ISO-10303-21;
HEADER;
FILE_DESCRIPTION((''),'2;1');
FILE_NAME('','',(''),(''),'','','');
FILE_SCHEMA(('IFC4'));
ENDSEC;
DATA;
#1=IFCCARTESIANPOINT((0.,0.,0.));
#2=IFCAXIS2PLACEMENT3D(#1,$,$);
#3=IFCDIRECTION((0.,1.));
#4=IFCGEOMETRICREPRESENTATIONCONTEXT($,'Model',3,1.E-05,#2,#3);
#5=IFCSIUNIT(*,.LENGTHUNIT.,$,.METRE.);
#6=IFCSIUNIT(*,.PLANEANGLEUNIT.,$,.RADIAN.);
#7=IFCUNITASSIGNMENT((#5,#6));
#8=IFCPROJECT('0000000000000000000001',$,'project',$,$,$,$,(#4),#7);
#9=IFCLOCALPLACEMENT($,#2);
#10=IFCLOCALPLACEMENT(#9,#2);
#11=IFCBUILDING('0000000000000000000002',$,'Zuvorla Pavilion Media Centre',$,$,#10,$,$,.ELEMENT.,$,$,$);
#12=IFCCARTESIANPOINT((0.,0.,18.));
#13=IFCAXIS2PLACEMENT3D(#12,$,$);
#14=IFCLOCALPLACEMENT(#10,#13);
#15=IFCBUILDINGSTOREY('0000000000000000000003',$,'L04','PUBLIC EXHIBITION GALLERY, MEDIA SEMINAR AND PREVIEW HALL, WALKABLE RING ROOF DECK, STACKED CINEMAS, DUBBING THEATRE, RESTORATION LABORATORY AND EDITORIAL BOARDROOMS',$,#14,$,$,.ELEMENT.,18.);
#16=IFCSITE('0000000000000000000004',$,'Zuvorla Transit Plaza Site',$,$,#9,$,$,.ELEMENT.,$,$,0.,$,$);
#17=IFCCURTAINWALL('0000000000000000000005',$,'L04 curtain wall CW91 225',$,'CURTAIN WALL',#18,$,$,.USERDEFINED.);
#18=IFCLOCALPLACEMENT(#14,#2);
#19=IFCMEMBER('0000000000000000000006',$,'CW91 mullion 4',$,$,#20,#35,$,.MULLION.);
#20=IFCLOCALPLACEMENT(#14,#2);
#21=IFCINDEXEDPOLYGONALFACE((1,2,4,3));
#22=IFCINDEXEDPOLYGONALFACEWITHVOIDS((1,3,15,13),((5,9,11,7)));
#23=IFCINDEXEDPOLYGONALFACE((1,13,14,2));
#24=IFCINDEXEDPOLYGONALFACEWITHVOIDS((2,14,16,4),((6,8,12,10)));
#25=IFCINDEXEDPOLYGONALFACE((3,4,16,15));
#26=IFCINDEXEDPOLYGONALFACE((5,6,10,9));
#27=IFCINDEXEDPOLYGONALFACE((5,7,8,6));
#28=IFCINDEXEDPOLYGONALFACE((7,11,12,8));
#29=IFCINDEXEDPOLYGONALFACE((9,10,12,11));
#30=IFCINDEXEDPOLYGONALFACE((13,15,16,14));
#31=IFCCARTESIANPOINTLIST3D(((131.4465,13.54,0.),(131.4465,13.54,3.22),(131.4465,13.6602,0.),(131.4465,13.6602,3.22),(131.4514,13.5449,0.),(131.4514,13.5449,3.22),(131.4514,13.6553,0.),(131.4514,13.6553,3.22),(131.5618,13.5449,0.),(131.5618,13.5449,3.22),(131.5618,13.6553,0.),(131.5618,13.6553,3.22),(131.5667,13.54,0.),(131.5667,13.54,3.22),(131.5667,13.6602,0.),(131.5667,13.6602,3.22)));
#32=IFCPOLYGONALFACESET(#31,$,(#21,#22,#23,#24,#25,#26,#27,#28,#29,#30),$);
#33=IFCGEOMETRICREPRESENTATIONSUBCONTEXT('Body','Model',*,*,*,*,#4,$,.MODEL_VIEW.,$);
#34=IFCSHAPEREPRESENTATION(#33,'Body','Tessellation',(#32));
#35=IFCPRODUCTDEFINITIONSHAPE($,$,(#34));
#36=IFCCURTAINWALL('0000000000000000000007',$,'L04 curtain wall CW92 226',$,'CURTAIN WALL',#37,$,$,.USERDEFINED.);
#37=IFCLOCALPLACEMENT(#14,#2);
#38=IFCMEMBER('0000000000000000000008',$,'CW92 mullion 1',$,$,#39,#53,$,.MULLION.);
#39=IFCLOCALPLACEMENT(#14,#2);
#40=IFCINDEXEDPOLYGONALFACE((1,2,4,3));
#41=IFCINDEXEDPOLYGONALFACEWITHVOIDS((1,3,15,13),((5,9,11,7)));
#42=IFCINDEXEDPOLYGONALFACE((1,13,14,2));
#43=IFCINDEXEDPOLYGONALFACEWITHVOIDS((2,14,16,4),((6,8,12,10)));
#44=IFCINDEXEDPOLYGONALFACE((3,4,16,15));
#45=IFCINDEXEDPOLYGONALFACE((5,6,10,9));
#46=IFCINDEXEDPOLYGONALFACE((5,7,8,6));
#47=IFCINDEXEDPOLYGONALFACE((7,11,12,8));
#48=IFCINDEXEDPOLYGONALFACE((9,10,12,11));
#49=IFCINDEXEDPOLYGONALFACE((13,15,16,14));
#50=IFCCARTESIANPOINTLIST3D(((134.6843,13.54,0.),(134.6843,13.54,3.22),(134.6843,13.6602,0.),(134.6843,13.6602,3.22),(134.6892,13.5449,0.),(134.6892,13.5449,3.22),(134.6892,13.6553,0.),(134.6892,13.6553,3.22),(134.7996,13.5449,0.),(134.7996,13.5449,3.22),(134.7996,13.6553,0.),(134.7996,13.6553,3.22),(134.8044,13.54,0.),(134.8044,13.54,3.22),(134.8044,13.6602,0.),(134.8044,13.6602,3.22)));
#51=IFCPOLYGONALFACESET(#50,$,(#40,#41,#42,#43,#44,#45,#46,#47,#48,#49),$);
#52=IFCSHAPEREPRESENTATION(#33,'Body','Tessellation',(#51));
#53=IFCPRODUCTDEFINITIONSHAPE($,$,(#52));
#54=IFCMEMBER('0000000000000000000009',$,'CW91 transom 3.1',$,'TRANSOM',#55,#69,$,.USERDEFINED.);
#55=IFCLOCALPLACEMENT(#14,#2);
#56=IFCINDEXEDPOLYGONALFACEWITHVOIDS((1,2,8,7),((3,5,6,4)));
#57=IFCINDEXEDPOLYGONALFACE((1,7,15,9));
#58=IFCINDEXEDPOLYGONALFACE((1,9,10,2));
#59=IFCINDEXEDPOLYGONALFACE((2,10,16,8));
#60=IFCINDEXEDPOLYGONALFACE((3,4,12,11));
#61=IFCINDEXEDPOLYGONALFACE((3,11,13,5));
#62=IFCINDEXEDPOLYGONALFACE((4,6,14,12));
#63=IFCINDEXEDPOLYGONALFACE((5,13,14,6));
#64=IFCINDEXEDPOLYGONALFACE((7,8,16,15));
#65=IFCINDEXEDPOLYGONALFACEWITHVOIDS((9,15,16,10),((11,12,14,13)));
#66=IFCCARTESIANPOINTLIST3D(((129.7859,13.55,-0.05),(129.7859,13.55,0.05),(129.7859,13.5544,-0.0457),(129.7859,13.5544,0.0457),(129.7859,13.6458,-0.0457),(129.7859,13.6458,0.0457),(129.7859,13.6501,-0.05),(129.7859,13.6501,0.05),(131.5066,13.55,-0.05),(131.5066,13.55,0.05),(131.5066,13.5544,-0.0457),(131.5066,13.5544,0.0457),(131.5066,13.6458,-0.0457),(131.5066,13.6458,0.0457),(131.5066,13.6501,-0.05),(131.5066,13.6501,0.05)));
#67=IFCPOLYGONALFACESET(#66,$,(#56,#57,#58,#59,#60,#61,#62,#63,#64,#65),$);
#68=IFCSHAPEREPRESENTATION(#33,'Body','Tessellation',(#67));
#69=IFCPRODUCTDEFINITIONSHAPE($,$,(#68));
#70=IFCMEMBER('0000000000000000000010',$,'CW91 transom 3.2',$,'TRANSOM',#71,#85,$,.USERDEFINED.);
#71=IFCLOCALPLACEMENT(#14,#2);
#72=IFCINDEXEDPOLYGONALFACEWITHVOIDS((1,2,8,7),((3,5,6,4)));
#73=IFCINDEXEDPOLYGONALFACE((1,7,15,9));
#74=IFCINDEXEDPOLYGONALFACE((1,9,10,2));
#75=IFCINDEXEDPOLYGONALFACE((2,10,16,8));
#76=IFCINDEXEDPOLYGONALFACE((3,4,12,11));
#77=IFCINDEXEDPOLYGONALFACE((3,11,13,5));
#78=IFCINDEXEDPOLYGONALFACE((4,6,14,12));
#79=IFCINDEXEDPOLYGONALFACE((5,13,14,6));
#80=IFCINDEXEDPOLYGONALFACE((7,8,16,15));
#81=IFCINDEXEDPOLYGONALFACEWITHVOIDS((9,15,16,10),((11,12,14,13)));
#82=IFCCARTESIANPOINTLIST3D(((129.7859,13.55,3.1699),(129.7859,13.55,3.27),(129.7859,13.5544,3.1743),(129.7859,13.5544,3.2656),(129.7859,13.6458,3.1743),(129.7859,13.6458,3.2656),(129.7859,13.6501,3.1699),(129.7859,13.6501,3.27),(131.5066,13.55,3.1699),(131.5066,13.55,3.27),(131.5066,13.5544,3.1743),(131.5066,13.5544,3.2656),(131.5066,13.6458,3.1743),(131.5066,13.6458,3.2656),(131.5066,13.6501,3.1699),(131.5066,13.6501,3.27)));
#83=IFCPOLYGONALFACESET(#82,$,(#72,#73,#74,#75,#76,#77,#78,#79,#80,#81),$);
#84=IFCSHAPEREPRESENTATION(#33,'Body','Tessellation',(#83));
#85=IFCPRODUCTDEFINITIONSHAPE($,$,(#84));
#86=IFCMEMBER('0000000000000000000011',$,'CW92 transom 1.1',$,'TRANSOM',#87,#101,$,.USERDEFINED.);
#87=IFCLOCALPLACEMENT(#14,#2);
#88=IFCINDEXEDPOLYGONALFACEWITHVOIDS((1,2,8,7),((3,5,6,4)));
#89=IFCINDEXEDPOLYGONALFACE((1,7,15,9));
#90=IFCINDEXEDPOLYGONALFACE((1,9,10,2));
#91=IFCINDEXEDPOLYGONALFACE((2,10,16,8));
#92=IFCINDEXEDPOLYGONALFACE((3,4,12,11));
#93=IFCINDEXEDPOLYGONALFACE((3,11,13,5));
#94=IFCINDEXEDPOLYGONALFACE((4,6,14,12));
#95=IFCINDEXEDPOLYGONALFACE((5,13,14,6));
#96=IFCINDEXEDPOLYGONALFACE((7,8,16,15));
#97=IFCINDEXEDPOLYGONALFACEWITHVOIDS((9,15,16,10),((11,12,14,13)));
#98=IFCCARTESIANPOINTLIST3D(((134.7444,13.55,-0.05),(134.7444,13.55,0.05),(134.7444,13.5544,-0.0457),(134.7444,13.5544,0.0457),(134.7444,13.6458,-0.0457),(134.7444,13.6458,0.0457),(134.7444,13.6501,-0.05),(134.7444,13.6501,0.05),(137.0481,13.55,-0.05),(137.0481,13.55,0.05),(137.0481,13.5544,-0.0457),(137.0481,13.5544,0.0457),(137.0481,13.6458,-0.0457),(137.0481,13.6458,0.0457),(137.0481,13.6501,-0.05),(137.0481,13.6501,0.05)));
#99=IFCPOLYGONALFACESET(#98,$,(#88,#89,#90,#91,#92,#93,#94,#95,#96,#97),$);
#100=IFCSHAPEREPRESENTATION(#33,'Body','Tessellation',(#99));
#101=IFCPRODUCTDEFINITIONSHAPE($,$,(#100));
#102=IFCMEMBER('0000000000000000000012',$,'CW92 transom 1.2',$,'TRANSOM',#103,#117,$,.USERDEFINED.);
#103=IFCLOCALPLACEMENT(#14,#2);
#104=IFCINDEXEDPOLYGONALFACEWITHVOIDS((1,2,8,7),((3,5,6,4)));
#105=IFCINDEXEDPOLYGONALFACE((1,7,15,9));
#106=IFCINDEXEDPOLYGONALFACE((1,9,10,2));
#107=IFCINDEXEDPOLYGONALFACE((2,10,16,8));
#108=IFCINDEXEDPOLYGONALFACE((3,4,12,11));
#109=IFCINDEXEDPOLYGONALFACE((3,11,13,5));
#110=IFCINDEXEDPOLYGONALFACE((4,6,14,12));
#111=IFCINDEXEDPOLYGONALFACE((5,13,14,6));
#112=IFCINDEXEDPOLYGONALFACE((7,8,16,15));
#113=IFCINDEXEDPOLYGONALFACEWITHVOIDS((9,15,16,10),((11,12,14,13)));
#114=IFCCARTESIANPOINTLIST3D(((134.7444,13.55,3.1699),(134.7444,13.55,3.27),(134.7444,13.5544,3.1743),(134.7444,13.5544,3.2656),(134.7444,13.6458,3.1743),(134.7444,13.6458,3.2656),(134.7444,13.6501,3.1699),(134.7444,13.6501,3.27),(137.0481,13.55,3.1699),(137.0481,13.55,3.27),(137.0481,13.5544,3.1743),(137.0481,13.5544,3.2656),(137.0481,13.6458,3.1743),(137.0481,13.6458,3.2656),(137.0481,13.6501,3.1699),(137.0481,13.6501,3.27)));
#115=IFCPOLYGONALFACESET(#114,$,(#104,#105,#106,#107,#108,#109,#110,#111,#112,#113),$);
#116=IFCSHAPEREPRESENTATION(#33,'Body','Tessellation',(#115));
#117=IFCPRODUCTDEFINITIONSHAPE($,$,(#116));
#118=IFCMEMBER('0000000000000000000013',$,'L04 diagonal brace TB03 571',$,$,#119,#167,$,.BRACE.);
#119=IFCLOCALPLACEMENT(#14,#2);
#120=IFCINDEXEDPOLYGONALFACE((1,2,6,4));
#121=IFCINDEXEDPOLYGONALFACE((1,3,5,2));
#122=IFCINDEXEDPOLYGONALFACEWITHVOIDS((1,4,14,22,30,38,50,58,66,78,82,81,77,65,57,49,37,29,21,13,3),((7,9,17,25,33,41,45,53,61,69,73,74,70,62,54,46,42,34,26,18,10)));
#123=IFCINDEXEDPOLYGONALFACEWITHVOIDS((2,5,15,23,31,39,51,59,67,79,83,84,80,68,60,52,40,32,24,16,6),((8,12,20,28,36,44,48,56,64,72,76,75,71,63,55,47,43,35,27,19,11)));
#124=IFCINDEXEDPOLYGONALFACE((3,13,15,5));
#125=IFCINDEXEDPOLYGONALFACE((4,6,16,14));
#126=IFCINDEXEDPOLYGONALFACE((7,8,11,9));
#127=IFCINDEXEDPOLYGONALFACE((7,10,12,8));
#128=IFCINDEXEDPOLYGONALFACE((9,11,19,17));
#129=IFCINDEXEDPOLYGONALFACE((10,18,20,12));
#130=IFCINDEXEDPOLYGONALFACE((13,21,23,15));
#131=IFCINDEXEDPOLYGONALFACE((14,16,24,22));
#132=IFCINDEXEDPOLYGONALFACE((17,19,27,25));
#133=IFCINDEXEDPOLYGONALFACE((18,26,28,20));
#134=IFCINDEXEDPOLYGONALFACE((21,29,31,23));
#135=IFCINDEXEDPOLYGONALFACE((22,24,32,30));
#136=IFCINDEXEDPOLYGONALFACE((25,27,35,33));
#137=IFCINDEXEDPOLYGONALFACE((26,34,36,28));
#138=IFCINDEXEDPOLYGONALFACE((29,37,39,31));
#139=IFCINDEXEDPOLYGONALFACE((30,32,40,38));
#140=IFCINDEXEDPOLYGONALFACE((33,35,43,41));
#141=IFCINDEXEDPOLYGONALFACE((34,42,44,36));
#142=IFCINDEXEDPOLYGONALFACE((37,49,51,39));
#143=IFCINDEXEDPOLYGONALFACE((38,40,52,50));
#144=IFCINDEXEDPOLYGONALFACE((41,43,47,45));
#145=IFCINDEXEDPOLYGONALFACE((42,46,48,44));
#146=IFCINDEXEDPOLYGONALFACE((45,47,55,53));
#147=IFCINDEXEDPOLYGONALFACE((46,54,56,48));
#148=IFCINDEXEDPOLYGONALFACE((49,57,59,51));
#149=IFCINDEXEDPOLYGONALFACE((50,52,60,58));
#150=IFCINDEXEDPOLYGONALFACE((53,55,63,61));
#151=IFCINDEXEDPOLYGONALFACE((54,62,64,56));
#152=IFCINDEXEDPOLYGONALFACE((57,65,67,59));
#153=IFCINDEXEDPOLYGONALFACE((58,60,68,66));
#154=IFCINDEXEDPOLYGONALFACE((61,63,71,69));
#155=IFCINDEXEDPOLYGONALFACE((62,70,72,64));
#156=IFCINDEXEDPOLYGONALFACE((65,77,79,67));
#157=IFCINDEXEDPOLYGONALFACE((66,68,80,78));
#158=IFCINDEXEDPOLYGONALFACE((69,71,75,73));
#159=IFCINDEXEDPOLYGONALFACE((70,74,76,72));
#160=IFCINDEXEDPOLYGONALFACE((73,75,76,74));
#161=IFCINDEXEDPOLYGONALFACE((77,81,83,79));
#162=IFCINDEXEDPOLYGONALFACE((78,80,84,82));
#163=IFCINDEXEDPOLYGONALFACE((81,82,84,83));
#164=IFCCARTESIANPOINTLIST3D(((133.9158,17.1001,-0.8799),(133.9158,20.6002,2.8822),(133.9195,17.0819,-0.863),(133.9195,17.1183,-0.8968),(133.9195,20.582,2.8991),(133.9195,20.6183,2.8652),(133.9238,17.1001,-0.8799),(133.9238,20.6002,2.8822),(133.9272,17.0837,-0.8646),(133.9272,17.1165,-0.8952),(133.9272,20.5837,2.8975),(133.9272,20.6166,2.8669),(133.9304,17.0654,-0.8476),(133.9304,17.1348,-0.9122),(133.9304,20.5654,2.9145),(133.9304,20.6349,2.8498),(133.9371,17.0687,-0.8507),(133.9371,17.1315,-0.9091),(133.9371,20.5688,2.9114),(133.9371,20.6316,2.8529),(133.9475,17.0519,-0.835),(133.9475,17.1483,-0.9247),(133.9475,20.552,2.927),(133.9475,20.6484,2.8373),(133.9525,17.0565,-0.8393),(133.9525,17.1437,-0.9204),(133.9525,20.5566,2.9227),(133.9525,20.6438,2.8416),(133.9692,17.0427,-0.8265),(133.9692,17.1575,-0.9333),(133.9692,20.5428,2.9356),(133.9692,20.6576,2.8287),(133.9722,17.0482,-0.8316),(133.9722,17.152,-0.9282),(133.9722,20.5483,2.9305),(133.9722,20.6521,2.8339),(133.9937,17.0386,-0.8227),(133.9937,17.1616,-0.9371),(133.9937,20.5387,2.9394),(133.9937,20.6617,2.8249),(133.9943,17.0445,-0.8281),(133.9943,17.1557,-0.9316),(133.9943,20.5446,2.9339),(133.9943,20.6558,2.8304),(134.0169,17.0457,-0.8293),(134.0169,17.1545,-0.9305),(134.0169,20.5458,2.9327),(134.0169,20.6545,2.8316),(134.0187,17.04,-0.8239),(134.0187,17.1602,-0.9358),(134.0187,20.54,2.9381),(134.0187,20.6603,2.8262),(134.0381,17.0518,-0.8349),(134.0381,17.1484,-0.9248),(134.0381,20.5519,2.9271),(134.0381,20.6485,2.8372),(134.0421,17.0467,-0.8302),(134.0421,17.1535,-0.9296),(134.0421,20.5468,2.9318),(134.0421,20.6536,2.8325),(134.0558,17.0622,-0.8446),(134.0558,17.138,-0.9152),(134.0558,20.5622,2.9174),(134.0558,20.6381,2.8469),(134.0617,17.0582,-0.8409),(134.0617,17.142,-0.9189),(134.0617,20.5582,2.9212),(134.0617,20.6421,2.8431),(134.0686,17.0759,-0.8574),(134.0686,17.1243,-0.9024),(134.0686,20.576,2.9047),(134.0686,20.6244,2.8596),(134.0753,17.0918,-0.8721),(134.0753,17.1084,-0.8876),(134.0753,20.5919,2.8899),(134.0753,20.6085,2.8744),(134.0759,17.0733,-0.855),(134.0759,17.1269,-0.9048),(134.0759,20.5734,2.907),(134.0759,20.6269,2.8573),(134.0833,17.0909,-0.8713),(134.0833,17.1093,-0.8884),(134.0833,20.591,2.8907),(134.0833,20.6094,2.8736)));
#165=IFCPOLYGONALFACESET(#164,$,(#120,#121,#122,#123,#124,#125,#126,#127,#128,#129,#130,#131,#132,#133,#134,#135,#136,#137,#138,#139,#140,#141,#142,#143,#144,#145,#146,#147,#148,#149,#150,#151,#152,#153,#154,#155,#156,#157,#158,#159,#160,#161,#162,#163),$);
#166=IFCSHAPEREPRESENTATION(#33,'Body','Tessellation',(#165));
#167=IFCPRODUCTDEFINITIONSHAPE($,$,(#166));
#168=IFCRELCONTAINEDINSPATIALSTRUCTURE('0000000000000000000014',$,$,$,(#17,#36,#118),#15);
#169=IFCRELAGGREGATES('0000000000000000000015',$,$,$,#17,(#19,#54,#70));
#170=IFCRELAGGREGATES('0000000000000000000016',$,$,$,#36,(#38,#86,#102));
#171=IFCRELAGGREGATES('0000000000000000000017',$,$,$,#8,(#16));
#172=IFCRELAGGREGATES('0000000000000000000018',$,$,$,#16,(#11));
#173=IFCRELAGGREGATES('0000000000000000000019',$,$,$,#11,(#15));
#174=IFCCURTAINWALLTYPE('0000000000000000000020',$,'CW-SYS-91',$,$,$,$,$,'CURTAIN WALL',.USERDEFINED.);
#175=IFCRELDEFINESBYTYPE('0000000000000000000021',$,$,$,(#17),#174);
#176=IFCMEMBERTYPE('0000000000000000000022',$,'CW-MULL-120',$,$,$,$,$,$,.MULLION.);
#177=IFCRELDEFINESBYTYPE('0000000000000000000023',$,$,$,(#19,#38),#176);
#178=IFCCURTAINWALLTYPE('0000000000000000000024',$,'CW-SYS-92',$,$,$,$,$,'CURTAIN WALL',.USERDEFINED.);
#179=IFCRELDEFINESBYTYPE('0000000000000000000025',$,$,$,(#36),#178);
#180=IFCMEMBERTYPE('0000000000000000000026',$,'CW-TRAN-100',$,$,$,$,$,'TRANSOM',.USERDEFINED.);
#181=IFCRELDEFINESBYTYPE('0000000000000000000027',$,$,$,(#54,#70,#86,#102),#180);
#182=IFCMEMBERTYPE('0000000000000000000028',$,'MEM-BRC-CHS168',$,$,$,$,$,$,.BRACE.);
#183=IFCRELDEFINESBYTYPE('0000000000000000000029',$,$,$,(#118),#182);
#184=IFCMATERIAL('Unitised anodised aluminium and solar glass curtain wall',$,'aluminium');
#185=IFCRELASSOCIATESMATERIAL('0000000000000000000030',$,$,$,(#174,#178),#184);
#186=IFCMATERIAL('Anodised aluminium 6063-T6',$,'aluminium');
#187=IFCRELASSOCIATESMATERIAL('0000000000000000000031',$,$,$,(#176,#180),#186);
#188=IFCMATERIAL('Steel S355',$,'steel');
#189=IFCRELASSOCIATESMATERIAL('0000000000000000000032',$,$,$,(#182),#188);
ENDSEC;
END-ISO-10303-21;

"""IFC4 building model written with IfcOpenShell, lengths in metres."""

from ifc_helpers import new_model, si_unit, direction, frame, origin, origin_2d, place, context, subcontext, project, spatial, hollow_rectangle, hollow_circle, extrude, material, material_profile, profile_set, type_object, element, aggregate, save


model = new_model("IFC4")

# Units and contexts
model_context = context("Model", 3, precision=1e-05, world=origin(), true_north=direction((0.0, 1.0)))
body_context = subcontext(model_context, "Body", "Model", "MODEL_VIEW")
ifc_project = project(units=[si_unit("LENGTHUNIT", "METRE"), si_unit("PLANEANGLEUNIT", "RADIAN")], contexts=[model_context])

# Site, building, storey
site_placement = place(None, origin())
site = spatial("IfcSite", under=ifc_project, at=site_placement, Name="Zuvorla Transit Plaza Site", CompositionType="ELEMENT", RefElevation=0.0)
building_placement = place(site_placement, origin())
building = spatial("IfcBuilding", under=site, at=building_placement, Name="Zuvorla Pavilion Media Centre", CompositionType="ELEMENT")
storey_placement = place(building_placement, frame((0.0, 0.0, 18.0)))
storey = spatial("IfcBuildingStorey", under=building, at=storey_placement, Name="L04", Description="PUBLIC EXHIBITION GALLERY, MEDIA SEMINAR AND PREVIEW HALL, WALKABLE RING ROOF DECK, STACKED CINEMAS, DUBBING THEATRE, RESTORATION LABORATORY AND EDITORIAL BOARDROOMS", CompositionType="ELEMENT", Elevation=18.0)

# Curtain walls, members
ifc_material_1 = material(Name="Unitised anodised aluminium and solar glass curtain wall", Category="aluminium")
curtain_wall_type_1 = type_object("IfcCurtainWallType", Name="CW-SYS-91", ElementType="CURTAIN WALL", PredefinedType="USERDEFINED", material=ifc_material_1)
curtain_wall_1_placement = place(storey_placement, origin())
curtain_wall_1 = element("IfcCurtainWall", 1, at=curtain_wall_1_placement, inside=storey, type_object=curtain_wall_type_1, Name="L04 curtain wall CW91 225", ObjectType="CURTAIN WALL", PredefinedType="USERDEFINED")
ifc_material_2 = material(Name="Anodised aluminium 6063-T6", Category="aluminium")
ifc_material_profile_1 = material_profile(ifc_material_2, hollow_rectangle(XDim=0.1201, YDim=0.1201, WallThickness=0.0049, at=origin_2d()), Name="ALU MULL 120x120")
ifc_profile_set_1 = profile_set([ifc_material_profile_1], Name="Anodised aluminium 6063-T6")
member_type_1 = type_object("IfcMemberType", Name="CW-MULL-120", PredefinedType="MULLION", material=ifc_profile_set_1)
member_1_placement = place(storey_placement, frame((131.5066, 13.6001, 0.0), z_axis=(0.0, 0.0, 1.0), x_axis=(1.0, 0.0, 0.0)))
member_1 = element("IfcMember", 2, at=member_1_placement, type_object=member_type_1, Name="CW91 mullion 4", PredefinedType="MULLION", context=body_context, shape_type="SweptSolid", body=[
    extrude(hollow_rectangle(XDim=0.1201, YDim=0.1201, WallThickness=0.0049, at=origin_2d()), origin(), (0.0, 0.0, 1.0), 3.22),
])
curtain_wall_type_2 = type_object("IfcCurtainWallType", Name="CW-SYS-92", ElementType="CURTAIN WALL", PredefinedType="USERDEFINED", material=ifc_material_1)
curtain_wall_2_placement = place(storey_placement, origin())
curtain_wall_2 = element("IfcCurtainWall", 3, at=curtain_wall_2_placement, inside=storey, type_object=curtain_wall_type_2, Name="L04 curtain wall CW92 226", ObjectType="CURTAIN WALL", PredefinedType="USERDEFINED")
member_2_placement = place(storey_placement, frame((134.7444, 13.6001, 0.0), z_axis=(0.0, 0.0, 1.0), x_axis=(1.0, 0.0, 0.0)))
member_2 = element("IfcMember", 4, at=member_2_placement, type_object=member_type_1, Name="CW92 mullion 1", PredefinedType="MULLION", context=body_context, shape_type="SweptSolid", body=[
    extrude(hollow_rectangle(XDim=0.1201, YDim=0.1201, WallThickness=0.0049, at=origin_2d()), origin(), (0.0, 0.0, 1.0), 3.22),
])

# Members
ifc_material_profile_2 = material_profile(ifc_material_2, hollow_rectangle(XDim=0.1001, YDim=0.1001, WallThickness=0.0044, at=origin_2d()), Name="ALU TRAN 100x100")
ifc_profile_set_2 = profile_set([ifc_material_profile_2], Name="Anodised aluminium 6063-T6")
member_type_2 = type_object("IfcMemberType", Name="CW-TRAN-100", ElementType="TRANSOM", PredefinedType="USERDEFINED", material=ifc_profile_set_2)
member_3_placement = place(storey_placement, frame((129.7859, 13.6001, 0.0), z_axis=(1.0, 0.0, 0.0), x_axis=(0.0, 1.0, 0.0)))
member_3 = element("IfcMember", 5, at=member_3_placement, type_object=member_type_2, Name="CW91 transom 3.1", ObjectType="TRANSOM", PredefinedType="USERDEFINED", context=body_context, shape_type="SweptSolid", body=[
    extrude(hollow_rectangle(XDim=0.1001, YDim=0.1001, WallThickness=0.0044, at=origin_2d()), origin(), (0.0, 0.0, 1.0), 1.7207),
])
member_4_placement = place(storey_placement, frame((129.7859, 13.6001, 3.22), z_axis=(1.0, 0.0, 0.0), x_axis=(0.0, 1.0, 0.0)))
member_4 = element("IfcMember", 6, at=member_4_placement, type_object=member_type_2, Name="CW91 transom 3.2", ObjectType="TRANSOM", PredefinedType="USERDEFINED", context=body_context, shape_type="SweptSolid", body=[
    extrude(hollow_rectangle(XDim=0.1001, YDim=0.1001, WallThickness=0.0044, at=origin_2d()), origin(), (0.0, 0.0, 1.0), 1.7207),
])
member_5_placement = place(storey_placement, frame((134.7444, 13.6001, 0.0), z_axis=(1.0, 0.0, 0.0), x_axis=(0.0, 1.0, 0.0)))
member_5 = element("IfcMember", 7, at=member_5_placement, type_object=member_type_2, Name="CW92 transom 1.1", ObjectType="TRANSOM", PredefinedType="USERDEFINED", context=body_context, shape_type="SweptSolid", body=[
    extrude(hollow_rectangle(XDim=0.1001, YDim=0.1001, WallThickness=0.0044, at=origin_2d()), origin(), (0.0, 0.0, 1.0), 2.3037),
])
member_6_placement = place(storey_placement, frame((134.7444, 13.6001, 3.22), z_axis=(1.0, 0.0, 0.0), x_axis=(0.0, 1.0, 0.0)))
member_6 = element("IfcMember", 8, at=member_6_placement, type_object=member_type_2, Name="CW92 transom 1.2", ObjectType="TRANSOM", PredefinedType="USERDEFINED", context=body_context, shape_type="SweptSolid", body=[
    extrude(hollow_rectangle(XDim=0.1001, YDim=0.1001, WallThickness=0.0044, at=origin_2d()), origin(), (0.0, 0.0, 1.0), 2.3037),
])

# Member
ifc_material_3 = material(Name="Steel S355", Category="steel")
ifc_material_profile_3 = material_profile(ifc_material_3, hollow_circle(Radius=0.0842, WallThickness=0.0081, at=origin_2d()), Name="CHS 168.3x8")
ifc_profile_set_3 = profile_set([ifc_material_profile_3], Name="Steel S355")
member_type_3 = type_object("IfcMemberType", Name="MEM-BRC-CHS168", PredefinedType="BRACE", material=ifc_profile_set_3)
member_7_placement = place(storey_placement, frame((134.0, 17.1001, -0.8799), z_axis=(0.0, 0.681156, 0.732138), x_axis=(-1.0, 0.0, 0.0)))
element("IfcMember", 9, at=member_7_placement, inside=storey, type_object=member_type_3, Name="L04 diagonal brace TB03 571", PredefinedType="BRACE", context=body_context, shape_type="SweptSolid", body=[
    extrude(hollow_circle(Radius=0.0842, WallThickness=0.0081, at=origin_2d()), origin(), (0.0, 0.0, 1.0), 5.1384),
])

aggregate(curtain_wall_1, [member_1, member_3, member_4])
aggregate(curtain_wall_2, [member_2, member_5, member_6])

save(model, "model.ifc")
